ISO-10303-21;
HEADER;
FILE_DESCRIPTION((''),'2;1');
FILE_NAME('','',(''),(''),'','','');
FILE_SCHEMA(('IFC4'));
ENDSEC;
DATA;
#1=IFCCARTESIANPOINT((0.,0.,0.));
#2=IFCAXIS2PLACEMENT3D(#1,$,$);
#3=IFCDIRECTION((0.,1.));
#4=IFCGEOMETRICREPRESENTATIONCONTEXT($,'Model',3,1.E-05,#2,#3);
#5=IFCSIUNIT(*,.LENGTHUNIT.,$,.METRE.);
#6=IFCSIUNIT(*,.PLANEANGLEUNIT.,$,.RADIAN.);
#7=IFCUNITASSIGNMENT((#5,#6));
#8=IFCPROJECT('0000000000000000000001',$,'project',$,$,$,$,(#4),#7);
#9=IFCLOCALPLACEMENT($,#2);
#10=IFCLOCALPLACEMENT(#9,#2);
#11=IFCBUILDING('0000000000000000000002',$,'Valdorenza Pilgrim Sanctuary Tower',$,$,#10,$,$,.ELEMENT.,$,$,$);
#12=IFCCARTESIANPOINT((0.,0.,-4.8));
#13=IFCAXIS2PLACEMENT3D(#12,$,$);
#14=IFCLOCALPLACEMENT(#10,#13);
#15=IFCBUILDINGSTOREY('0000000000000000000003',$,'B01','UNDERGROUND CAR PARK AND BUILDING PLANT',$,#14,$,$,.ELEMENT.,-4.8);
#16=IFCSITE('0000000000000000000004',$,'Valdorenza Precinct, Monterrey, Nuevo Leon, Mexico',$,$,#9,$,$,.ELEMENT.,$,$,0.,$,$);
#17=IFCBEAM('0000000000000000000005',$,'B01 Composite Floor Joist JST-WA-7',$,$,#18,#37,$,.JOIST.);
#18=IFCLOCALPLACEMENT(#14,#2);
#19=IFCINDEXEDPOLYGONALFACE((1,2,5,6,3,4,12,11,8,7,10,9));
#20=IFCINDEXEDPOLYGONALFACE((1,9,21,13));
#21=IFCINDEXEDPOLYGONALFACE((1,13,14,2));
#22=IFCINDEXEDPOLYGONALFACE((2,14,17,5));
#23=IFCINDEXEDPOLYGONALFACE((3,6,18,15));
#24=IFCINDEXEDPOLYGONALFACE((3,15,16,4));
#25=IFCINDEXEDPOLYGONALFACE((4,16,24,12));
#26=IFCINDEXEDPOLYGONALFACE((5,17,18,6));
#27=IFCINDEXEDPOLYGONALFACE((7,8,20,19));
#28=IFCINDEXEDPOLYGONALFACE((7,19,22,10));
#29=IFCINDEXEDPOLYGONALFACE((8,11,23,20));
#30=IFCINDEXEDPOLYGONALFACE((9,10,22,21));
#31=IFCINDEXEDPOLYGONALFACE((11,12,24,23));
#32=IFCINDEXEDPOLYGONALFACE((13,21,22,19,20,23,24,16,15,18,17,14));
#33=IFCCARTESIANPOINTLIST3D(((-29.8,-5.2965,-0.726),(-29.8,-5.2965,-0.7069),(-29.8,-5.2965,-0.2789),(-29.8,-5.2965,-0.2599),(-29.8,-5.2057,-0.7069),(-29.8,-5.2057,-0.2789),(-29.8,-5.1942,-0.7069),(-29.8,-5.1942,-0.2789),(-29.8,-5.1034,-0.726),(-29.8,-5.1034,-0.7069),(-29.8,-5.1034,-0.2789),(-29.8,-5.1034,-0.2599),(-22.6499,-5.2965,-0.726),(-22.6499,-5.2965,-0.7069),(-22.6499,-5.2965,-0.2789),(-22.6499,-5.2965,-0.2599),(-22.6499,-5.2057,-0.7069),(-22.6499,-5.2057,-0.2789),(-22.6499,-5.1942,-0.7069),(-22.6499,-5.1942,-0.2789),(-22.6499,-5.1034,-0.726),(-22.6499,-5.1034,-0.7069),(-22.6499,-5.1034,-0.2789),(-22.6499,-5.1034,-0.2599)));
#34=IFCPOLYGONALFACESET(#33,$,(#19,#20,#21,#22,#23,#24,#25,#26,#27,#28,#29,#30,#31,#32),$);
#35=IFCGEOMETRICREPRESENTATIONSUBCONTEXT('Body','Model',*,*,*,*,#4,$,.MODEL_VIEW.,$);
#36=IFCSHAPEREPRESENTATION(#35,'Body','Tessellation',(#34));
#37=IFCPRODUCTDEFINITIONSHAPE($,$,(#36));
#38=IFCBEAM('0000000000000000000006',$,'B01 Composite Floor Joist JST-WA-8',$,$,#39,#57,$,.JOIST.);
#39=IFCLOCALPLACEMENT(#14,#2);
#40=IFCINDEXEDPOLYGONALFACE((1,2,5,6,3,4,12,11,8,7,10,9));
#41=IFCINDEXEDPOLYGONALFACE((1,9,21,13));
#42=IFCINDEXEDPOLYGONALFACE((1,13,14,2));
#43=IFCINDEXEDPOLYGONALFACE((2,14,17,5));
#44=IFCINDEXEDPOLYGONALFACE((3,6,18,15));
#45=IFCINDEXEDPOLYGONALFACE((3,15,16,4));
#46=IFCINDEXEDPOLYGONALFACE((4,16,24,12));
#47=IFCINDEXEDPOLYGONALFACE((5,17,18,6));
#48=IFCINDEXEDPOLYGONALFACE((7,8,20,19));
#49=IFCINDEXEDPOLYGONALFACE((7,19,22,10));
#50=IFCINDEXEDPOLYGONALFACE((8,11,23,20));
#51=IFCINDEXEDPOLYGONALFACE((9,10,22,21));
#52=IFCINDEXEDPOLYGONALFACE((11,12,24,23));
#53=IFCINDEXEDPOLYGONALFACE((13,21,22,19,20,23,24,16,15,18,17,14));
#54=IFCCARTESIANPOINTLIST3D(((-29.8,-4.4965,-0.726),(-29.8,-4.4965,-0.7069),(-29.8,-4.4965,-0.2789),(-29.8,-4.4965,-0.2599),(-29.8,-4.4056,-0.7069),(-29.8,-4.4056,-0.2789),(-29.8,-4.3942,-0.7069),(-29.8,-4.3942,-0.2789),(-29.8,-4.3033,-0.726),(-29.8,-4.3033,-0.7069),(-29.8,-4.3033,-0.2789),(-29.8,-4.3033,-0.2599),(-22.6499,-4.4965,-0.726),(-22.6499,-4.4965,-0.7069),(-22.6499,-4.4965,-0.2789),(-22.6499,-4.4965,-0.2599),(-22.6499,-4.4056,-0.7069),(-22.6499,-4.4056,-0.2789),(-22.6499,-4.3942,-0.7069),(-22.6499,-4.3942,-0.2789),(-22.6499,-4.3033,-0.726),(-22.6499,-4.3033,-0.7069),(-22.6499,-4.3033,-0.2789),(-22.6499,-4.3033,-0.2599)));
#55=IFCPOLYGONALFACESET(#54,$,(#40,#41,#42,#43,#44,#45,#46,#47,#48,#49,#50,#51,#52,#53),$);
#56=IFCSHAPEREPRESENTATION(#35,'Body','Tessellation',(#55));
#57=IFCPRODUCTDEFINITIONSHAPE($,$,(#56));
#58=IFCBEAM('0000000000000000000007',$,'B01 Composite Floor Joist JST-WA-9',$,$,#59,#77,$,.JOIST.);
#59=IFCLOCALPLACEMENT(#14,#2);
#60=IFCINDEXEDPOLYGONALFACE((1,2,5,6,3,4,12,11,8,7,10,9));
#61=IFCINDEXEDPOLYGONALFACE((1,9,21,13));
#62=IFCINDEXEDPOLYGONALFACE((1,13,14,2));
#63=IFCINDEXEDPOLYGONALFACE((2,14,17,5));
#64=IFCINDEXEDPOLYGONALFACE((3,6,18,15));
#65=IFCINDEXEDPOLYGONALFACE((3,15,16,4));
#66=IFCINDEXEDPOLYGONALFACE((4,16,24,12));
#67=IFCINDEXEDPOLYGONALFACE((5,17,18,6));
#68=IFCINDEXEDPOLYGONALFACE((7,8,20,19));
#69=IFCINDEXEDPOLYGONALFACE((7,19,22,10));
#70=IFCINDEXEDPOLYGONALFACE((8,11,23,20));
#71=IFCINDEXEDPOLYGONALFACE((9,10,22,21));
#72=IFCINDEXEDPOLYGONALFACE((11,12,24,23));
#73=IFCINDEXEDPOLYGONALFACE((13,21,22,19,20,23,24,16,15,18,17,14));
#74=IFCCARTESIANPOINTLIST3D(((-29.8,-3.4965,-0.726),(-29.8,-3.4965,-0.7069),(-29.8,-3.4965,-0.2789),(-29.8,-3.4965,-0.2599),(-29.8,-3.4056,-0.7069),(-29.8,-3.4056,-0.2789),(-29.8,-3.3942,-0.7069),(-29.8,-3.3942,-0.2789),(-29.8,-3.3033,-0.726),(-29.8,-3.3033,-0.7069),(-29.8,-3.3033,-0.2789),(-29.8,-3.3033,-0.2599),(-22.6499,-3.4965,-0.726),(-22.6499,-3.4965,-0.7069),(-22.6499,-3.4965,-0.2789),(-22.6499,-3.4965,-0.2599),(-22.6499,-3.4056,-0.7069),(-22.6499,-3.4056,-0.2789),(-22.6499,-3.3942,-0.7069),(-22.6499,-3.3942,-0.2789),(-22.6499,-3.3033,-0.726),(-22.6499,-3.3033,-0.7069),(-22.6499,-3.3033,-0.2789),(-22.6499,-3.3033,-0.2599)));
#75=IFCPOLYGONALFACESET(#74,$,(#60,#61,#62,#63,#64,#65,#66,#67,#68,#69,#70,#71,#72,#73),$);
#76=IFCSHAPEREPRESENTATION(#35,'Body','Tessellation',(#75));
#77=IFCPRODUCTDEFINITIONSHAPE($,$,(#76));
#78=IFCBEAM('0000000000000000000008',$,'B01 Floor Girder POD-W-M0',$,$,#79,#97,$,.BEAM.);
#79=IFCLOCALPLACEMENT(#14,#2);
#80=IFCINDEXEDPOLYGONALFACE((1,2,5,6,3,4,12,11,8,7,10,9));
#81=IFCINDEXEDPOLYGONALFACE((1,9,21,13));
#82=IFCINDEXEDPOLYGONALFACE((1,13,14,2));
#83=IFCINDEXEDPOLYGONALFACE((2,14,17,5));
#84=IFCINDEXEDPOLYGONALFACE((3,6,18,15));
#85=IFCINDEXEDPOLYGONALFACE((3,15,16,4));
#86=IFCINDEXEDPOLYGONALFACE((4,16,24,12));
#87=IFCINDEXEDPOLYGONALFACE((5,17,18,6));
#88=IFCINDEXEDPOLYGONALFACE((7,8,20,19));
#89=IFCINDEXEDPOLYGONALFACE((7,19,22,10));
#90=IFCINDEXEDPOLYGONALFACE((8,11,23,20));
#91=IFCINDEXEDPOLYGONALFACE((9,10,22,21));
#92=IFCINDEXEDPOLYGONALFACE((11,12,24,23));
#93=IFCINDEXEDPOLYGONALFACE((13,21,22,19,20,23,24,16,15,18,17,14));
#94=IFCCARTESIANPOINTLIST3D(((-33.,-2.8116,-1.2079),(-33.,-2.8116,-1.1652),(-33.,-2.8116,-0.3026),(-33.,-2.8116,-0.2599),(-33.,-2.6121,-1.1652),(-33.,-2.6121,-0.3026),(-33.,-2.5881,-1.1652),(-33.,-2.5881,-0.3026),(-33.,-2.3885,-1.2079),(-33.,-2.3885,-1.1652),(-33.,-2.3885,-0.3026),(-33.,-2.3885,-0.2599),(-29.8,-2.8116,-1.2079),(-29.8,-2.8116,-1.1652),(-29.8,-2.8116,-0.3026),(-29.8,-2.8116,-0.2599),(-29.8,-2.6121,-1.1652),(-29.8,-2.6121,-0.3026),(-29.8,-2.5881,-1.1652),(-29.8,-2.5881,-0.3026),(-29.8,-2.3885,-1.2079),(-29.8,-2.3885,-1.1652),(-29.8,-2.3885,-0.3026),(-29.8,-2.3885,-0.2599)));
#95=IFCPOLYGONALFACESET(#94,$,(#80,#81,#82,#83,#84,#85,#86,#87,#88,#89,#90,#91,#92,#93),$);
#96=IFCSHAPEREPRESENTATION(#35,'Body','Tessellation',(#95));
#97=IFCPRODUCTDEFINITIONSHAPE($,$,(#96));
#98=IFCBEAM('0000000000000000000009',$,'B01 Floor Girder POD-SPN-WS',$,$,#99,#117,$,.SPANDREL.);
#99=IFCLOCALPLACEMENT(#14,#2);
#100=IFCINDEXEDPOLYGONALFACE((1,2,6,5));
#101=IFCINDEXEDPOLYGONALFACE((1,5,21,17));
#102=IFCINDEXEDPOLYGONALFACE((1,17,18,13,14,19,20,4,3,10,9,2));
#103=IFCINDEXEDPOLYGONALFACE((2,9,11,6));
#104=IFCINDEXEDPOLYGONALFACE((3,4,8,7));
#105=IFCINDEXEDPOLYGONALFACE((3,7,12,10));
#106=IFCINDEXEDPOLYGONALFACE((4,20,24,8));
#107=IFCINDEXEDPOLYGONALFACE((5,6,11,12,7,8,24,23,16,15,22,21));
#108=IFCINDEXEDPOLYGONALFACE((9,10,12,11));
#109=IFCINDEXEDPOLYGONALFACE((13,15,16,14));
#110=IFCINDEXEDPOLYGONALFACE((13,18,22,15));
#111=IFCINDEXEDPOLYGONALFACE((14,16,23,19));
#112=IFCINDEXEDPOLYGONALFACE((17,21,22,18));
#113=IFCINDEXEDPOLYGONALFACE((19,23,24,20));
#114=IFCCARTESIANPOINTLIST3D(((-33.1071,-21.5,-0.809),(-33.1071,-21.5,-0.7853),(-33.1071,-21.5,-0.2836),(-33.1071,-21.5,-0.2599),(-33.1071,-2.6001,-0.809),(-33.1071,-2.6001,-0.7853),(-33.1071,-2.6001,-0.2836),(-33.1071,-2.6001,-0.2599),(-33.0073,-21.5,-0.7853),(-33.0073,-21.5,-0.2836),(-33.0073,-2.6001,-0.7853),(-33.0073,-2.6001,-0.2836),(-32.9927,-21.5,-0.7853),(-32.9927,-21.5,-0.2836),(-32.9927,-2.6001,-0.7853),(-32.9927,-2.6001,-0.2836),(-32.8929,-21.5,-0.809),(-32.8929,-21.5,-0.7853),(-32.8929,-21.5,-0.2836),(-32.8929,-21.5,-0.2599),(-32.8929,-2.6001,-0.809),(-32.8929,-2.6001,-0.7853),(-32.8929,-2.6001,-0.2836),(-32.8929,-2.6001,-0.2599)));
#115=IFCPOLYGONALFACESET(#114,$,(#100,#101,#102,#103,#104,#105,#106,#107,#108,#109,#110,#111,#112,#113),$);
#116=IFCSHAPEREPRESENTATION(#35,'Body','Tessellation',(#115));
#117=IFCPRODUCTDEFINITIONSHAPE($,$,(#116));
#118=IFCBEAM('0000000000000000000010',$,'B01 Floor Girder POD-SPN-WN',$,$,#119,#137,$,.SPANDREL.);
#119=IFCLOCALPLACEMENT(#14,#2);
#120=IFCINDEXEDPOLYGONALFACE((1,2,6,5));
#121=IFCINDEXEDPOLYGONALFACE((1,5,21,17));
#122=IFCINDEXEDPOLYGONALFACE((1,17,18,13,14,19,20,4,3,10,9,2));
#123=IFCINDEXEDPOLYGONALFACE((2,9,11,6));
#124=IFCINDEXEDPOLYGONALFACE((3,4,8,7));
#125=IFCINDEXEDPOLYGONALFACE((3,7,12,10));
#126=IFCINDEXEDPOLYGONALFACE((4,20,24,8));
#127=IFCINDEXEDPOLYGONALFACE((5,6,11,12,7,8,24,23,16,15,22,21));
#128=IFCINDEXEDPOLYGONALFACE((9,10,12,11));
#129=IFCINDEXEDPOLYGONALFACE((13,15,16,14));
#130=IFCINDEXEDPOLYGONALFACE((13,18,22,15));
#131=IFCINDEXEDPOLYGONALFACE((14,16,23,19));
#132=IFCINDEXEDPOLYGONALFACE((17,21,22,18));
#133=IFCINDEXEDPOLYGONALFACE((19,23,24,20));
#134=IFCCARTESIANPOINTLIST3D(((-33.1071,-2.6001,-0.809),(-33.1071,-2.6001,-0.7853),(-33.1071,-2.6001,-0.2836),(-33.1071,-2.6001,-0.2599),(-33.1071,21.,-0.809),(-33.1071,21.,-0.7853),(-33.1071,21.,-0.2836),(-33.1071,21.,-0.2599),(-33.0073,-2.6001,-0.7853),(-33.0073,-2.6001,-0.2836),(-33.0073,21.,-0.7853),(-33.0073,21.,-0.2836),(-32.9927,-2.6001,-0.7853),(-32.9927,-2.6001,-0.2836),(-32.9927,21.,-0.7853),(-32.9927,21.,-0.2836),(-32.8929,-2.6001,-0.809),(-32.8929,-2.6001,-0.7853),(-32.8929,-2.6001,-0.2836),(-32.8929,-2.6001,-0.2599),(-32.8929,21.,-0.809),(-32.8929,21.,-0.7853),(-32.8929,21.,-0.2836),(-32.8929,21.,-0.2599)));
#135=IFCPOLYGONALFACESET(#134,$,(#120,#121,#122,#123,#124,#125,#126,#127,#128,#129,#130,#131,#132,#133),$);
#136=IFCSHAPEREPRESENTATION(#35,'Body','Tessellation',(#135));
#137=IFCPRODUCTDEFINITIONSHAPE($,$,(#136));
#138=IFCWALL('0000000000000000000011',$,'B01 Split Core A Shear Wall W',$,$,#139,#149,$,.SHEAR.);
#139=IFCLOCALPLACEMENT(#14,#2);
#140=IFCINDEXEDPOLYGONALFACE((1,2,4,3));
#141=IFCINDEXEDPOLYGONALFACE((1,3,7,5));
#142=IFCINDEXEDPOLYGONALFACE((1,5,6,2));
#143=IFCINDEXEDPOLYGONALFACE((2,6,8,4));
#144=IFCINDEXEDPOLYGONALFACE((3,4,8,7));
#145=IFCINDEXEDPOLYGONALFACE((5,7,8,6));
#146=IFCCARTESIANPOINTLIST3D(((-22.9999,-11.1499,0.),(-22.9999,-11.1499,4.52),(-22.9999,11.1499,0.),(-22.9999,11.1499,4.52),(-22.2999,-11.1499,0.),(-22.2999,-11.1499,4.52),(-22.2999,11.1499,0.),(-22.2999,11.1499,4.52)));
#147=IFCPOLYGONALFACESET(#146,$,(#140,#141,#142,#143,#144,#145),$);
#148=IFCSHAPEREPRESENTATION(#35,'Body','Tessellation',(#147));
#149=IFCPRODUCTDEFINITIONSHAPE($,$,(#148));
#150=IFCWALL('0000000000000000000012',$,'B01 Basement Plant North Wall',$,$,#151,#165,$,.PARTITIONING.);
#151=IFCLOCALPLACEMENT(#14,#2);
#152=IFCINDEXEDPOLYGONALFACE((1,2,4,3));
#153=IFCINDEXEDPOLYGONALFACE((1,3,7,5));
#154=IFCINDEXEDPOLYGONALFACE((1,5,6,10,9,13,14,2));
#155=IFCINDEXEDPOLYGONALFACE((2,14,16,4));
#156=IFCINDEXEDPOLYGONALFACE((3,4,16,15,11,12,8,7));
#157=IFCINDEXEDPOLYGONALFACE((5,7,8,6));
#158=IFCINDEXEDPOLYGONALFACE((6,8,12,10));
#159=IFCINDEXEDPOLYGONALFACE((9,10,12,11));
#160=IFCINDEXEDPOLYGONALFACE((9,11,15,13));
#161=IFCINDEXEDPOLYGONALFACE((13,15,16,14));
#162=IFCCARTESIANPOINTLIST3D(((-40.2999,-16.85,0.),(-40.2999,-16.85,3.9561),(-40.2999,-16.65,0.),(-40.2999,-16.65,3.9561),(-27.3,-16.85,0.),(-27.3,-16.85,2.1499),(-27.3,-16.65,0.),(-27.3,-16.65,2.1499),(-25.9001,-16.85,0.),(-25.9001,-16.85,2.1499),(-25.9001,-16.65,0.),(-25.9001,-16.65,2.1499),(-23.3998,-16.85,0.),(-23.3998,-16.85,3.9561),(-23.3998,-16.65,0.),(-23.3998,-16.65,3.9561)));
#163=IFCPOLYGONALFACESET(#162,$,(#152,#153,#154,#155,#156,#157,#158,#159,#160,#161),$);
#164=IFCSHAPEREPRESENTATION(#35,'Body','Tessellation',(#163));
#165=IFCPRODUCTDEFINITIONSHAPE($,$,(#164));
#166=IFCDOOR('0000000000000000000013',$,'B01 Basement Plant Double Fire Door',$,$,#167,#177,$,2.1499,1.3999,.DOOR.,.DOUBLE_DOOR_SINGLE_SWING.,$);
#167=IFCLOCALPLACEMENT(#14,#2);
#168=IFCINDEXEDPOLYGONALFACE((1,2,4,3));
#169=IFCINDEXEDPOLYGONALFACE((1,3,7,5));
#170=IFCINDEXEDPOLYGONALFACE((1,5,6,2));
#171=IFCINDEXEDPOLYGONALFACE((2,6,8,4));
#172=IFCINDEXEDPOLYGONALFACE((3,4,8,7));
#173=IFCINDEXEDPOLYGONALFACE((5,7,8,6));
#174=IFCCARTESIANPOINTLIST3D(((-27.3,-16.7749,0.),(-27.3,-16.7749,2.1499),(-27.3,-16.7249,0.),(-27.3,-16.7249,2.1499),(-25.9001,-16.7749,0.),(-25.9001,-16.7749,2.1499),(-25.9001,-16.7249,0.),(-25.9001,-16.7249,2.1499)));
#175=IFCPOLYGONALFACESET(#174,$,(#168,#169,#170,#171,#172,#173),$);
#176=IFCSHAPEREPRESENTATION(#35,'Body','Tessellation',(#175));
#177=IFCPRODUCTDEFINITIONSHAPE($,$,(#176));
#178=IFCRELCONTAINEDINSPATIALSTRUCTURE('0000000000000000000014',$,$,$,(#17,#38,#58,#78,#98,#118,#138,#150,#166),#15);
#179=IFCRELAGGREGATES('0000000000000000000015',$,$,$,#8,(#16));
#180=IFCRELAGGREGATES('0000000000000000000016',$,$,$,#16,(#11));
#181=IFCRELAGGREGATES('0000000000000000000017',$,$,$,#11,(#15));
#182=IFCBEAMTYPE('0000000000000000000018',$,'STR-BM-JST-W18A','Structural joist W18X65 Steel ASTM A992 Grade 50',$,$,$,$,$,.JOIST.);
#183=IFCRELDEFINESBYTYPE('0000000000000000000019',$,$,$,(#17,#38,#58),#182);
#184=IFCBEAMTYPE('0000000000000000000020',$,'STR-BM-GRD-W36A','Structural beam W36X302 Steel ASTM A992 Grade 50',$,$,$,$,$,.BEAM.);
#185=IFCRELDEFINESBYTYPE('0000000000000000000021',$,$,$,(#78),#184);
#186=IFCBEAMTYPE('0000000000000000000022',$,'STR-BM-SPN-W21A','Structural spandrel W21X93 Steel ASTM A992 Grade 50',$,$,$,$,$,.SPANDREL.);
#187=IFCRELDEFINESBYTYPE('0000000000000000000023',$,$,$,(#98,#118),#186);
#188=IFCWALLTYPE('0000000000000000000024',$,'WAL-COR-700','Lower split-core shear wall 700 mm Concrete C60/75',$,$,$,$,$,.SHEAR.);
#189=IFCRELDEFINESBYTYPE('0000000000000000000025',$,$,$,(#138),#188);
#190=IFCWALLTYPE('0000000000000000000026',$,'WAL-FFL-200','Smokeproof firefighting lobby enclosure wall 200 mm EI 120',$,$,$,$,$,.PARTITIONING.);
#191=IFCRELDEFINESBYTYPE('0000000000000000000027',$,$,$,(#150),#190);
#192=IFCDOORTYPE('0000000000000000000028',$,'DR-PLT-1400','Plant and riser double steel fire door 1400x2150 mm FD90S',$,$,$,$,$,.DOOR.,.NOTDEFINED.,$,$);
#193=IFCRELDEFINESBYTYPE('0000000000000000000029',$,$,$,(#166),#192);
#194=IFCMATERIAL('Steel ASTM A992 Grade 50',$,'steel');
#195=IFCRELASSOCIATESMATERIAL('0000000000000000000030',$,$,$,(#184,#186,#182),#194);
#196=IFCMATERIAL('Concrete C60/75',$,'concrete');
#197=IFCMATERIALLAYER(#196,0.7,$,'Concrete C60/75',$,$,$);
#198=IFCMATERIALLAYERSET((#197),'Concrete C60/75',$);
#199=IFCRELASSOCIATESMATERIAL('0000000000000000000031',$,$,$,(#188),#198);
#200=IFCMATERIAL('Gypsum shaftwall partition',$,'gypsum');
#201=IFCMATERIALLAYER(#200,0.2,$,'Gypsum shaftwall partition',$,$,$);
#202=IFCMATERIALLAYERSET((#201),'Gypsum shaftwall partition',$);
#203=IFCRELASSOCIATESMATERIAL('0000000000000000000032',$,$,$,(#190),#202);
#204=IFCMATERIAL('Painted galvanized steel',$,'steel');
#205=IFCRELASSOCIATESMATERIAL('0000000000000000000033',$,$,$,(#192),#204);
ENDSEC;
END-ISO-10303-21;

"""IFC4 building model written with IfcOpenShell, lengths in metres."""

from ifc_helpers import new_model, si_unit, direction, frame, frame_2d, origin, origin_2d, place, context, subcontext, project, spatial, rectangle, i_section, extrude, source, transform, mapped, material, layer, layer_set, material_profile, profile_set, type_object, element, fill, save


model = new_model("IFC4")

# Units and contexts
model_context = context("Model", 3, precision=1e-05, world=origin(), true_north=direction((0.0, 1.0)))
body_context = subcontext(model_context, "Body", "Model", "MODEL_VIEW")
ifc_project = project(units=[si_unit("LENGTHUNIT", "METRE"), si_unit("PLANEANGLEUNIT", "RADIAN")], contexts=[model_context])

# Site, building, storey
site_placement = place(None, origin())
site = spatial("IfcSite", under=ifc_project, at=site_placement, Name="Valdorenza Precinct, Monterrey, Nuevo Leon, Mexico", CompositionType="ELEMENT", RefElevation=0.0)
building_placement = place(site_placement, origin())
building = spatial("IfcBuilding", under=site, at=building_placement, Name="Valdorenza Pilgrim Sanctuary Tower", CompositionType="ELEMENT")
storey_placement = place(building_placement, frame((0.0, 0.0, -4.8)))
storey = spatial("IfcBuildingStorey", under=building, at=storey_placement, Name="B01", Description="UNDERGROUND CAR PARK AND BUILDING PLANT", CompositionType="ELEMENT", Elevation=-4.8)

# Shared definitions
ifc_material_1 = material(Name="Concrete C60/75", Category="concrete")
ifc_material_2 = material(Name="Steel ASTM A992 Grade 50", Category="steel")

# Beams
ifc_material_profile_1 = material_profile(ifc_material_2, i_section(OverallWidth=0.4231, OverallDepth=0.948, WebThickness=0.0239, FlangeThickness=0.0427, at=origin_2d()), Name="W36X302")
ifc_profile_set_1 = profile_set([ifc_material_profile_1], Name="Steel ASTM A992 Grade 50")
beam_type_1 = type_object("IfcBeamType", Name="STR-BM-GRD-W36A", Description="Structural beam W36X302 Steel ASTM A992 Grade 50", PredefinedType="BEAM", material=ifc_profile_set_1)
ifc_material_profile_2 = material_profile(ifc_material_2, i_section(OverallWidth=0.2141, OverallDepth=0.5491, WebThickness=0.0146, FlangeThickness=0.0237, at=origin_2d()), Name="W21X93")
ifc_profile_set_2 = profile_set([ifc_material_profile_2], Name="Steel ASTM A992 Grade 50")
beam_type_2 = type_object("IfcBeamType", Name="STR-BM-SPN-W21A", Description="Structural spandrel W21X93 Steel ASTM A992 Grade 50", PredefinedType="SPANDREL", material=ifc_profile_set_2)
ifc_material_profile_3 = material_profile(ifc_material_2, i_section(OverallWidth=0.1931, OverallDepth=0.4661, WebThickness=0.0115, FlangeThickness=0.019, at=origin_2d()), Name="W18X65")
ifc_profile_set_3 = profile_set([ifc_material_profile_3], Name="Steel ASTM A992 Grade 50")
beam_type_3 = type_object("IfcBeamType", Name="STR-BM-JST-W18A", Description="Structural joist W18X65 Steel ASTM A992 Grade 50", PredefinedType="JOIST", material=ifc_profile_set_3)
shared_shape_1 = source(origin(), body_context, "Body", "SweptSolid", [
    extrude(i_section(OverallWidth=0.1931, OverallDepth=0.4661, WebThickness=0.0115, FlangeThickness=0.019, at=origin_2d()), origin(), (0.0, 0.0, 1.0), 7.1501),
])
for number, where, z_axis, x_axis, name in (
    (1, (-29.8, -5.2, -0.4929), (1.0, 0.0, 0.0), (0.0, 1.0, 0.0), "B01 Composite Floor Joist JST-WA-7"),
    (2, (-29.8, -4.3999, -0.4929), (1.0, 0.0, 0.0), (0.0, 1.0, 0.0), "B01 Composite Floor Joist JST-WA-8"),
    (3, (-29.8, -3.3999, -0.4929), (1.0, 0.0, 0.0), (0.0, 1.0, 0.0), "B01 Composite Floor Joist JST-WA-9"),
):
    element("IfcBeam", number, at=place(storey_placement, frame(where, z_axis=z_axis, x_axis=x_axis)), inside=storey, type_object=beam_type_3, Name=name, PredefinedType="JOIST", context=body_context, shape_type="MappedRepresentation", body=[
        mapped(shared_shape_1, transform((0.0, 0.0, 0.0), x_axis=(1.0, 0.0, 0.0), y_axis=(0.0, 1.0, 0.0), z_axis=(0.0, 0.0, 1.0), scale=1.0)),
    ])
shared_shape_2 = source(origin(), body_context, "Body", "SweptSolid", [
    extrude(i_section(OverallWidth=0.4231, OverallDepth=0.948, WebThickness=0.0239, FlangeThickness=0.0427, at=origin_2d()), origin(), (0.0, 0.0, 1.0), 3.2),
])
beam_1_placement = place(storey_placement, frame((-33.0, -2.6001, -0.7339), z_axis=(1.0, 0.0, 0.0), x_axis=(0.0, 1.0, 0.0)))
element("IfcBeam", 4, at=beam_1_placement, inside=storey, type_object=beam_type_1, Name="B01 Floor Girder POD-W-M0", PredefinedType="BEAM", context=body_context, shape_type="MappedRepresentation", body=[
    mapped(shared_shape_2, transform((0.0, 0.0, 0.0), x_axis=(1.0, 0.0, 0.0), y_axis=(0.0, 1.0, 0.0), z_axis=(0.0, 0.0, 1.0), scale=1.0)),
])
shared_shape_3 = source(origin(), body_context, "Body", "SweptSolid", [
    extrude(i_section(OverallWidth=0.2141, OverallDepth=0.5491, WebThickness=0.0146, FlangeThickness=0.0237, at=origin_2d()), origin(), (0.0, 0.0, 1.0), 18.8999),
])
beam_2_placement = place(storey_placement, frame((-33.0, -21.5, -0.5344), z_axis=(0.0, 1.0, 0.0), x_axis=(-1.0, 0.0, 0.0)))
element("IfcBeam", 5, at=beam_2_placement, inside=storey, type_object=beam_type_2, Name="B01 Floor Girder POD-SPN-WS", PredefinedType="SPANDREL", context=body_context, shape_type="MappedRepresentation", body=[
    mapped(shared_shape_3, transform((0.0, 0.0, 0.0), x_axis=(1.0, 0.0, 0.0), y_axis=(0.0, 1.0, 0.0), z_axis=(0.0, 0.0, 1.0), scale=1.0)),
])
shared_shape_4 = source(origin(), body_context, "Body", "SweptSolid", [
    extrude(i_section(OverallWidth=0.2141, OverallDepth=0.5491, WebThickness=0.0146, FlangeThickness=0.0237, at=origin_2d()), origin(), (0.0, 0.0, 1.0), 23.6001),
])
beam_3_placement = place(storey_placement, frame((-33.0, -2.6001, -0.5344), z_axis=(0.0, 1.0, 0.0), x_axis=(-1.0, 0.0, 0.0)))
element("IfcBeam", 6, at=beam_3_placement, inside=storey, type_object=beam_type_2, Name="B01 Floor Girder POD-SPN-WN", PredefinedType="SPANDREL", context=body_context, shape_type="MappedRepresentation", body=[
    mapped(shared_shape_4, transform((0.0, 0.0, 0.0), x_axis=(1.0, 0.0, 0.0), y_axis=(0.0, 1.0, 0.0), z_axis=(0.0, 0.0, 1.0), scale=1.0)),
])

# Wall
ifc_layer_1 = layer(ifc_material_1, 0.7, Name="Concrete C60/75")
ifc_layer_set_1 = layer_set([ifc_layer_1], Name="Concrete C60/75")
wall_type_1 = type_object("IfcWallType", Name="WAL-COR-700", Description="Lower split-core shear wall 700 mm Concrete C60/75", PredefinedType="SHEAR", material=ifc_layer_set_1)
wall_1_placement = place(storey_placement, frame((-22.6499, -11.1499, 0.0), z_axis=(0.0, 0.0, 1.0), x_axis=(0.0, 1.0, 0.0)))
element("IfcWall", 7, at=wall_1_placement, inside=storey, type_object=wall_type_1, Name="B01 Split Core A Shear Wall W", PredefinedType="SHEAR", context=body_context, shape_type="SweptSolid", body=[
    extrude(rectangle(XDim=22.2998, YDim=0.7, at=frame_2d((11.1499, 0.0))), origin(), (0.0, 0.0, 1.0), 4.52),
])

# Wall, opening, door
ifc_material_3 = material(Name="Gypsum shaftwall partition", Category="gypsum")
ifc_layer_2 = layer(ifc_material_3, 0.2, Name="Gypsum shaftwall partition")
ifc_layer_set_2 = layer_set([ifc_layer_2], Name="Gypsum shaftwall partition")
wall_type_2 = type_object("IfcWallType", Name="WAL-FFL-200", Description="Smokeproof firefighting lobby enclosure wall 200 mm EI 120", PredefinedType="PARTITIONING", material=ifc_layer_set_2)
wall_2_placement = place(storey_placement, frame((-40.3, -16.75, 0.0), z_axis=(0.0, 0.0, 1.0), x_axis=(1.0, 0.0, 0.0)))
wall_2 = element("IfcWall", 8, at=wall_2_placement, inside=storey, type_object=wall_type_2, Name="B01 Basement Plant North Wall", PredefinedType="PARTITIONING", context=body_context, shape_type="SweptSolid", body=[
    extrude(rectangle(XDim=16.9001, YDim=0.2, at=frame_2d((8.4502, 0.0))), origin(), (0.0, 0.0, 1.0), 3.9561),
])
opening_placement = place(wall_2_placement, frame((13.0, 0.0, 0.0)))
opening = element("IfcOpeningElement", 9, at=opening_placement, cuts=wall_2, PredefinedType="OPENING", context=body_context, shape_type="SweptSolid", body=[
    extrude(rectangle(XDim=1.3999, YDim=2.1499, at=frame_2d((0.7, 1.075))), frame((0.0, 0.1147, 0.0), z_axis=(0.0, -1.0, 0.0), x_axis=(1.0, 0.0, 0.0)), (0.0, 0.0, 1.0), 0.2297),
])
ifc_material_4 = material(Name="Painted galvanized steel", Category="steel")
door_type = type_object("IfcDoorType", Name="DR-PLT-1400", Description="Plant and riser double steel fire door 1400x2150 mm FD90S", OperationType="NOTDEFINED", PredefinedType="DOOR", material=ifc_material_4)
door_placement = place(opening_placement, frame((1.3999, 0.0, 0.0), z_axis=(0.0, 0.0, 1.0), x_axis=(-1.0, 0.0, 0.0)))
door = element("IfcDoor", 10, at=door_placement, inside=storey, type_object=door_type, Name="B01 Basement Plant Double Fire Door", OperationType="DOUBLE_DOOR_SINGLE_SWING", OverallHeight=2.1499, OverallWidth=1.3999, PredefinedType="DOOR", context=body_context, shape_type="SweptSolid", body=[
    extrude(rectangle(XDim=1.3999, YDim=2.1499, at=frame_2d((0.7, 1.075))), frame((0.0, 0.0249, 0.0), z_axis=(0.0, -1.0, 0.0), x_axis=(1.0, 0.0, 0.0)), (0.0, 0.0, 1.0), 0.05),
])
fill(opening, door)

save(model, "model.ifc")
